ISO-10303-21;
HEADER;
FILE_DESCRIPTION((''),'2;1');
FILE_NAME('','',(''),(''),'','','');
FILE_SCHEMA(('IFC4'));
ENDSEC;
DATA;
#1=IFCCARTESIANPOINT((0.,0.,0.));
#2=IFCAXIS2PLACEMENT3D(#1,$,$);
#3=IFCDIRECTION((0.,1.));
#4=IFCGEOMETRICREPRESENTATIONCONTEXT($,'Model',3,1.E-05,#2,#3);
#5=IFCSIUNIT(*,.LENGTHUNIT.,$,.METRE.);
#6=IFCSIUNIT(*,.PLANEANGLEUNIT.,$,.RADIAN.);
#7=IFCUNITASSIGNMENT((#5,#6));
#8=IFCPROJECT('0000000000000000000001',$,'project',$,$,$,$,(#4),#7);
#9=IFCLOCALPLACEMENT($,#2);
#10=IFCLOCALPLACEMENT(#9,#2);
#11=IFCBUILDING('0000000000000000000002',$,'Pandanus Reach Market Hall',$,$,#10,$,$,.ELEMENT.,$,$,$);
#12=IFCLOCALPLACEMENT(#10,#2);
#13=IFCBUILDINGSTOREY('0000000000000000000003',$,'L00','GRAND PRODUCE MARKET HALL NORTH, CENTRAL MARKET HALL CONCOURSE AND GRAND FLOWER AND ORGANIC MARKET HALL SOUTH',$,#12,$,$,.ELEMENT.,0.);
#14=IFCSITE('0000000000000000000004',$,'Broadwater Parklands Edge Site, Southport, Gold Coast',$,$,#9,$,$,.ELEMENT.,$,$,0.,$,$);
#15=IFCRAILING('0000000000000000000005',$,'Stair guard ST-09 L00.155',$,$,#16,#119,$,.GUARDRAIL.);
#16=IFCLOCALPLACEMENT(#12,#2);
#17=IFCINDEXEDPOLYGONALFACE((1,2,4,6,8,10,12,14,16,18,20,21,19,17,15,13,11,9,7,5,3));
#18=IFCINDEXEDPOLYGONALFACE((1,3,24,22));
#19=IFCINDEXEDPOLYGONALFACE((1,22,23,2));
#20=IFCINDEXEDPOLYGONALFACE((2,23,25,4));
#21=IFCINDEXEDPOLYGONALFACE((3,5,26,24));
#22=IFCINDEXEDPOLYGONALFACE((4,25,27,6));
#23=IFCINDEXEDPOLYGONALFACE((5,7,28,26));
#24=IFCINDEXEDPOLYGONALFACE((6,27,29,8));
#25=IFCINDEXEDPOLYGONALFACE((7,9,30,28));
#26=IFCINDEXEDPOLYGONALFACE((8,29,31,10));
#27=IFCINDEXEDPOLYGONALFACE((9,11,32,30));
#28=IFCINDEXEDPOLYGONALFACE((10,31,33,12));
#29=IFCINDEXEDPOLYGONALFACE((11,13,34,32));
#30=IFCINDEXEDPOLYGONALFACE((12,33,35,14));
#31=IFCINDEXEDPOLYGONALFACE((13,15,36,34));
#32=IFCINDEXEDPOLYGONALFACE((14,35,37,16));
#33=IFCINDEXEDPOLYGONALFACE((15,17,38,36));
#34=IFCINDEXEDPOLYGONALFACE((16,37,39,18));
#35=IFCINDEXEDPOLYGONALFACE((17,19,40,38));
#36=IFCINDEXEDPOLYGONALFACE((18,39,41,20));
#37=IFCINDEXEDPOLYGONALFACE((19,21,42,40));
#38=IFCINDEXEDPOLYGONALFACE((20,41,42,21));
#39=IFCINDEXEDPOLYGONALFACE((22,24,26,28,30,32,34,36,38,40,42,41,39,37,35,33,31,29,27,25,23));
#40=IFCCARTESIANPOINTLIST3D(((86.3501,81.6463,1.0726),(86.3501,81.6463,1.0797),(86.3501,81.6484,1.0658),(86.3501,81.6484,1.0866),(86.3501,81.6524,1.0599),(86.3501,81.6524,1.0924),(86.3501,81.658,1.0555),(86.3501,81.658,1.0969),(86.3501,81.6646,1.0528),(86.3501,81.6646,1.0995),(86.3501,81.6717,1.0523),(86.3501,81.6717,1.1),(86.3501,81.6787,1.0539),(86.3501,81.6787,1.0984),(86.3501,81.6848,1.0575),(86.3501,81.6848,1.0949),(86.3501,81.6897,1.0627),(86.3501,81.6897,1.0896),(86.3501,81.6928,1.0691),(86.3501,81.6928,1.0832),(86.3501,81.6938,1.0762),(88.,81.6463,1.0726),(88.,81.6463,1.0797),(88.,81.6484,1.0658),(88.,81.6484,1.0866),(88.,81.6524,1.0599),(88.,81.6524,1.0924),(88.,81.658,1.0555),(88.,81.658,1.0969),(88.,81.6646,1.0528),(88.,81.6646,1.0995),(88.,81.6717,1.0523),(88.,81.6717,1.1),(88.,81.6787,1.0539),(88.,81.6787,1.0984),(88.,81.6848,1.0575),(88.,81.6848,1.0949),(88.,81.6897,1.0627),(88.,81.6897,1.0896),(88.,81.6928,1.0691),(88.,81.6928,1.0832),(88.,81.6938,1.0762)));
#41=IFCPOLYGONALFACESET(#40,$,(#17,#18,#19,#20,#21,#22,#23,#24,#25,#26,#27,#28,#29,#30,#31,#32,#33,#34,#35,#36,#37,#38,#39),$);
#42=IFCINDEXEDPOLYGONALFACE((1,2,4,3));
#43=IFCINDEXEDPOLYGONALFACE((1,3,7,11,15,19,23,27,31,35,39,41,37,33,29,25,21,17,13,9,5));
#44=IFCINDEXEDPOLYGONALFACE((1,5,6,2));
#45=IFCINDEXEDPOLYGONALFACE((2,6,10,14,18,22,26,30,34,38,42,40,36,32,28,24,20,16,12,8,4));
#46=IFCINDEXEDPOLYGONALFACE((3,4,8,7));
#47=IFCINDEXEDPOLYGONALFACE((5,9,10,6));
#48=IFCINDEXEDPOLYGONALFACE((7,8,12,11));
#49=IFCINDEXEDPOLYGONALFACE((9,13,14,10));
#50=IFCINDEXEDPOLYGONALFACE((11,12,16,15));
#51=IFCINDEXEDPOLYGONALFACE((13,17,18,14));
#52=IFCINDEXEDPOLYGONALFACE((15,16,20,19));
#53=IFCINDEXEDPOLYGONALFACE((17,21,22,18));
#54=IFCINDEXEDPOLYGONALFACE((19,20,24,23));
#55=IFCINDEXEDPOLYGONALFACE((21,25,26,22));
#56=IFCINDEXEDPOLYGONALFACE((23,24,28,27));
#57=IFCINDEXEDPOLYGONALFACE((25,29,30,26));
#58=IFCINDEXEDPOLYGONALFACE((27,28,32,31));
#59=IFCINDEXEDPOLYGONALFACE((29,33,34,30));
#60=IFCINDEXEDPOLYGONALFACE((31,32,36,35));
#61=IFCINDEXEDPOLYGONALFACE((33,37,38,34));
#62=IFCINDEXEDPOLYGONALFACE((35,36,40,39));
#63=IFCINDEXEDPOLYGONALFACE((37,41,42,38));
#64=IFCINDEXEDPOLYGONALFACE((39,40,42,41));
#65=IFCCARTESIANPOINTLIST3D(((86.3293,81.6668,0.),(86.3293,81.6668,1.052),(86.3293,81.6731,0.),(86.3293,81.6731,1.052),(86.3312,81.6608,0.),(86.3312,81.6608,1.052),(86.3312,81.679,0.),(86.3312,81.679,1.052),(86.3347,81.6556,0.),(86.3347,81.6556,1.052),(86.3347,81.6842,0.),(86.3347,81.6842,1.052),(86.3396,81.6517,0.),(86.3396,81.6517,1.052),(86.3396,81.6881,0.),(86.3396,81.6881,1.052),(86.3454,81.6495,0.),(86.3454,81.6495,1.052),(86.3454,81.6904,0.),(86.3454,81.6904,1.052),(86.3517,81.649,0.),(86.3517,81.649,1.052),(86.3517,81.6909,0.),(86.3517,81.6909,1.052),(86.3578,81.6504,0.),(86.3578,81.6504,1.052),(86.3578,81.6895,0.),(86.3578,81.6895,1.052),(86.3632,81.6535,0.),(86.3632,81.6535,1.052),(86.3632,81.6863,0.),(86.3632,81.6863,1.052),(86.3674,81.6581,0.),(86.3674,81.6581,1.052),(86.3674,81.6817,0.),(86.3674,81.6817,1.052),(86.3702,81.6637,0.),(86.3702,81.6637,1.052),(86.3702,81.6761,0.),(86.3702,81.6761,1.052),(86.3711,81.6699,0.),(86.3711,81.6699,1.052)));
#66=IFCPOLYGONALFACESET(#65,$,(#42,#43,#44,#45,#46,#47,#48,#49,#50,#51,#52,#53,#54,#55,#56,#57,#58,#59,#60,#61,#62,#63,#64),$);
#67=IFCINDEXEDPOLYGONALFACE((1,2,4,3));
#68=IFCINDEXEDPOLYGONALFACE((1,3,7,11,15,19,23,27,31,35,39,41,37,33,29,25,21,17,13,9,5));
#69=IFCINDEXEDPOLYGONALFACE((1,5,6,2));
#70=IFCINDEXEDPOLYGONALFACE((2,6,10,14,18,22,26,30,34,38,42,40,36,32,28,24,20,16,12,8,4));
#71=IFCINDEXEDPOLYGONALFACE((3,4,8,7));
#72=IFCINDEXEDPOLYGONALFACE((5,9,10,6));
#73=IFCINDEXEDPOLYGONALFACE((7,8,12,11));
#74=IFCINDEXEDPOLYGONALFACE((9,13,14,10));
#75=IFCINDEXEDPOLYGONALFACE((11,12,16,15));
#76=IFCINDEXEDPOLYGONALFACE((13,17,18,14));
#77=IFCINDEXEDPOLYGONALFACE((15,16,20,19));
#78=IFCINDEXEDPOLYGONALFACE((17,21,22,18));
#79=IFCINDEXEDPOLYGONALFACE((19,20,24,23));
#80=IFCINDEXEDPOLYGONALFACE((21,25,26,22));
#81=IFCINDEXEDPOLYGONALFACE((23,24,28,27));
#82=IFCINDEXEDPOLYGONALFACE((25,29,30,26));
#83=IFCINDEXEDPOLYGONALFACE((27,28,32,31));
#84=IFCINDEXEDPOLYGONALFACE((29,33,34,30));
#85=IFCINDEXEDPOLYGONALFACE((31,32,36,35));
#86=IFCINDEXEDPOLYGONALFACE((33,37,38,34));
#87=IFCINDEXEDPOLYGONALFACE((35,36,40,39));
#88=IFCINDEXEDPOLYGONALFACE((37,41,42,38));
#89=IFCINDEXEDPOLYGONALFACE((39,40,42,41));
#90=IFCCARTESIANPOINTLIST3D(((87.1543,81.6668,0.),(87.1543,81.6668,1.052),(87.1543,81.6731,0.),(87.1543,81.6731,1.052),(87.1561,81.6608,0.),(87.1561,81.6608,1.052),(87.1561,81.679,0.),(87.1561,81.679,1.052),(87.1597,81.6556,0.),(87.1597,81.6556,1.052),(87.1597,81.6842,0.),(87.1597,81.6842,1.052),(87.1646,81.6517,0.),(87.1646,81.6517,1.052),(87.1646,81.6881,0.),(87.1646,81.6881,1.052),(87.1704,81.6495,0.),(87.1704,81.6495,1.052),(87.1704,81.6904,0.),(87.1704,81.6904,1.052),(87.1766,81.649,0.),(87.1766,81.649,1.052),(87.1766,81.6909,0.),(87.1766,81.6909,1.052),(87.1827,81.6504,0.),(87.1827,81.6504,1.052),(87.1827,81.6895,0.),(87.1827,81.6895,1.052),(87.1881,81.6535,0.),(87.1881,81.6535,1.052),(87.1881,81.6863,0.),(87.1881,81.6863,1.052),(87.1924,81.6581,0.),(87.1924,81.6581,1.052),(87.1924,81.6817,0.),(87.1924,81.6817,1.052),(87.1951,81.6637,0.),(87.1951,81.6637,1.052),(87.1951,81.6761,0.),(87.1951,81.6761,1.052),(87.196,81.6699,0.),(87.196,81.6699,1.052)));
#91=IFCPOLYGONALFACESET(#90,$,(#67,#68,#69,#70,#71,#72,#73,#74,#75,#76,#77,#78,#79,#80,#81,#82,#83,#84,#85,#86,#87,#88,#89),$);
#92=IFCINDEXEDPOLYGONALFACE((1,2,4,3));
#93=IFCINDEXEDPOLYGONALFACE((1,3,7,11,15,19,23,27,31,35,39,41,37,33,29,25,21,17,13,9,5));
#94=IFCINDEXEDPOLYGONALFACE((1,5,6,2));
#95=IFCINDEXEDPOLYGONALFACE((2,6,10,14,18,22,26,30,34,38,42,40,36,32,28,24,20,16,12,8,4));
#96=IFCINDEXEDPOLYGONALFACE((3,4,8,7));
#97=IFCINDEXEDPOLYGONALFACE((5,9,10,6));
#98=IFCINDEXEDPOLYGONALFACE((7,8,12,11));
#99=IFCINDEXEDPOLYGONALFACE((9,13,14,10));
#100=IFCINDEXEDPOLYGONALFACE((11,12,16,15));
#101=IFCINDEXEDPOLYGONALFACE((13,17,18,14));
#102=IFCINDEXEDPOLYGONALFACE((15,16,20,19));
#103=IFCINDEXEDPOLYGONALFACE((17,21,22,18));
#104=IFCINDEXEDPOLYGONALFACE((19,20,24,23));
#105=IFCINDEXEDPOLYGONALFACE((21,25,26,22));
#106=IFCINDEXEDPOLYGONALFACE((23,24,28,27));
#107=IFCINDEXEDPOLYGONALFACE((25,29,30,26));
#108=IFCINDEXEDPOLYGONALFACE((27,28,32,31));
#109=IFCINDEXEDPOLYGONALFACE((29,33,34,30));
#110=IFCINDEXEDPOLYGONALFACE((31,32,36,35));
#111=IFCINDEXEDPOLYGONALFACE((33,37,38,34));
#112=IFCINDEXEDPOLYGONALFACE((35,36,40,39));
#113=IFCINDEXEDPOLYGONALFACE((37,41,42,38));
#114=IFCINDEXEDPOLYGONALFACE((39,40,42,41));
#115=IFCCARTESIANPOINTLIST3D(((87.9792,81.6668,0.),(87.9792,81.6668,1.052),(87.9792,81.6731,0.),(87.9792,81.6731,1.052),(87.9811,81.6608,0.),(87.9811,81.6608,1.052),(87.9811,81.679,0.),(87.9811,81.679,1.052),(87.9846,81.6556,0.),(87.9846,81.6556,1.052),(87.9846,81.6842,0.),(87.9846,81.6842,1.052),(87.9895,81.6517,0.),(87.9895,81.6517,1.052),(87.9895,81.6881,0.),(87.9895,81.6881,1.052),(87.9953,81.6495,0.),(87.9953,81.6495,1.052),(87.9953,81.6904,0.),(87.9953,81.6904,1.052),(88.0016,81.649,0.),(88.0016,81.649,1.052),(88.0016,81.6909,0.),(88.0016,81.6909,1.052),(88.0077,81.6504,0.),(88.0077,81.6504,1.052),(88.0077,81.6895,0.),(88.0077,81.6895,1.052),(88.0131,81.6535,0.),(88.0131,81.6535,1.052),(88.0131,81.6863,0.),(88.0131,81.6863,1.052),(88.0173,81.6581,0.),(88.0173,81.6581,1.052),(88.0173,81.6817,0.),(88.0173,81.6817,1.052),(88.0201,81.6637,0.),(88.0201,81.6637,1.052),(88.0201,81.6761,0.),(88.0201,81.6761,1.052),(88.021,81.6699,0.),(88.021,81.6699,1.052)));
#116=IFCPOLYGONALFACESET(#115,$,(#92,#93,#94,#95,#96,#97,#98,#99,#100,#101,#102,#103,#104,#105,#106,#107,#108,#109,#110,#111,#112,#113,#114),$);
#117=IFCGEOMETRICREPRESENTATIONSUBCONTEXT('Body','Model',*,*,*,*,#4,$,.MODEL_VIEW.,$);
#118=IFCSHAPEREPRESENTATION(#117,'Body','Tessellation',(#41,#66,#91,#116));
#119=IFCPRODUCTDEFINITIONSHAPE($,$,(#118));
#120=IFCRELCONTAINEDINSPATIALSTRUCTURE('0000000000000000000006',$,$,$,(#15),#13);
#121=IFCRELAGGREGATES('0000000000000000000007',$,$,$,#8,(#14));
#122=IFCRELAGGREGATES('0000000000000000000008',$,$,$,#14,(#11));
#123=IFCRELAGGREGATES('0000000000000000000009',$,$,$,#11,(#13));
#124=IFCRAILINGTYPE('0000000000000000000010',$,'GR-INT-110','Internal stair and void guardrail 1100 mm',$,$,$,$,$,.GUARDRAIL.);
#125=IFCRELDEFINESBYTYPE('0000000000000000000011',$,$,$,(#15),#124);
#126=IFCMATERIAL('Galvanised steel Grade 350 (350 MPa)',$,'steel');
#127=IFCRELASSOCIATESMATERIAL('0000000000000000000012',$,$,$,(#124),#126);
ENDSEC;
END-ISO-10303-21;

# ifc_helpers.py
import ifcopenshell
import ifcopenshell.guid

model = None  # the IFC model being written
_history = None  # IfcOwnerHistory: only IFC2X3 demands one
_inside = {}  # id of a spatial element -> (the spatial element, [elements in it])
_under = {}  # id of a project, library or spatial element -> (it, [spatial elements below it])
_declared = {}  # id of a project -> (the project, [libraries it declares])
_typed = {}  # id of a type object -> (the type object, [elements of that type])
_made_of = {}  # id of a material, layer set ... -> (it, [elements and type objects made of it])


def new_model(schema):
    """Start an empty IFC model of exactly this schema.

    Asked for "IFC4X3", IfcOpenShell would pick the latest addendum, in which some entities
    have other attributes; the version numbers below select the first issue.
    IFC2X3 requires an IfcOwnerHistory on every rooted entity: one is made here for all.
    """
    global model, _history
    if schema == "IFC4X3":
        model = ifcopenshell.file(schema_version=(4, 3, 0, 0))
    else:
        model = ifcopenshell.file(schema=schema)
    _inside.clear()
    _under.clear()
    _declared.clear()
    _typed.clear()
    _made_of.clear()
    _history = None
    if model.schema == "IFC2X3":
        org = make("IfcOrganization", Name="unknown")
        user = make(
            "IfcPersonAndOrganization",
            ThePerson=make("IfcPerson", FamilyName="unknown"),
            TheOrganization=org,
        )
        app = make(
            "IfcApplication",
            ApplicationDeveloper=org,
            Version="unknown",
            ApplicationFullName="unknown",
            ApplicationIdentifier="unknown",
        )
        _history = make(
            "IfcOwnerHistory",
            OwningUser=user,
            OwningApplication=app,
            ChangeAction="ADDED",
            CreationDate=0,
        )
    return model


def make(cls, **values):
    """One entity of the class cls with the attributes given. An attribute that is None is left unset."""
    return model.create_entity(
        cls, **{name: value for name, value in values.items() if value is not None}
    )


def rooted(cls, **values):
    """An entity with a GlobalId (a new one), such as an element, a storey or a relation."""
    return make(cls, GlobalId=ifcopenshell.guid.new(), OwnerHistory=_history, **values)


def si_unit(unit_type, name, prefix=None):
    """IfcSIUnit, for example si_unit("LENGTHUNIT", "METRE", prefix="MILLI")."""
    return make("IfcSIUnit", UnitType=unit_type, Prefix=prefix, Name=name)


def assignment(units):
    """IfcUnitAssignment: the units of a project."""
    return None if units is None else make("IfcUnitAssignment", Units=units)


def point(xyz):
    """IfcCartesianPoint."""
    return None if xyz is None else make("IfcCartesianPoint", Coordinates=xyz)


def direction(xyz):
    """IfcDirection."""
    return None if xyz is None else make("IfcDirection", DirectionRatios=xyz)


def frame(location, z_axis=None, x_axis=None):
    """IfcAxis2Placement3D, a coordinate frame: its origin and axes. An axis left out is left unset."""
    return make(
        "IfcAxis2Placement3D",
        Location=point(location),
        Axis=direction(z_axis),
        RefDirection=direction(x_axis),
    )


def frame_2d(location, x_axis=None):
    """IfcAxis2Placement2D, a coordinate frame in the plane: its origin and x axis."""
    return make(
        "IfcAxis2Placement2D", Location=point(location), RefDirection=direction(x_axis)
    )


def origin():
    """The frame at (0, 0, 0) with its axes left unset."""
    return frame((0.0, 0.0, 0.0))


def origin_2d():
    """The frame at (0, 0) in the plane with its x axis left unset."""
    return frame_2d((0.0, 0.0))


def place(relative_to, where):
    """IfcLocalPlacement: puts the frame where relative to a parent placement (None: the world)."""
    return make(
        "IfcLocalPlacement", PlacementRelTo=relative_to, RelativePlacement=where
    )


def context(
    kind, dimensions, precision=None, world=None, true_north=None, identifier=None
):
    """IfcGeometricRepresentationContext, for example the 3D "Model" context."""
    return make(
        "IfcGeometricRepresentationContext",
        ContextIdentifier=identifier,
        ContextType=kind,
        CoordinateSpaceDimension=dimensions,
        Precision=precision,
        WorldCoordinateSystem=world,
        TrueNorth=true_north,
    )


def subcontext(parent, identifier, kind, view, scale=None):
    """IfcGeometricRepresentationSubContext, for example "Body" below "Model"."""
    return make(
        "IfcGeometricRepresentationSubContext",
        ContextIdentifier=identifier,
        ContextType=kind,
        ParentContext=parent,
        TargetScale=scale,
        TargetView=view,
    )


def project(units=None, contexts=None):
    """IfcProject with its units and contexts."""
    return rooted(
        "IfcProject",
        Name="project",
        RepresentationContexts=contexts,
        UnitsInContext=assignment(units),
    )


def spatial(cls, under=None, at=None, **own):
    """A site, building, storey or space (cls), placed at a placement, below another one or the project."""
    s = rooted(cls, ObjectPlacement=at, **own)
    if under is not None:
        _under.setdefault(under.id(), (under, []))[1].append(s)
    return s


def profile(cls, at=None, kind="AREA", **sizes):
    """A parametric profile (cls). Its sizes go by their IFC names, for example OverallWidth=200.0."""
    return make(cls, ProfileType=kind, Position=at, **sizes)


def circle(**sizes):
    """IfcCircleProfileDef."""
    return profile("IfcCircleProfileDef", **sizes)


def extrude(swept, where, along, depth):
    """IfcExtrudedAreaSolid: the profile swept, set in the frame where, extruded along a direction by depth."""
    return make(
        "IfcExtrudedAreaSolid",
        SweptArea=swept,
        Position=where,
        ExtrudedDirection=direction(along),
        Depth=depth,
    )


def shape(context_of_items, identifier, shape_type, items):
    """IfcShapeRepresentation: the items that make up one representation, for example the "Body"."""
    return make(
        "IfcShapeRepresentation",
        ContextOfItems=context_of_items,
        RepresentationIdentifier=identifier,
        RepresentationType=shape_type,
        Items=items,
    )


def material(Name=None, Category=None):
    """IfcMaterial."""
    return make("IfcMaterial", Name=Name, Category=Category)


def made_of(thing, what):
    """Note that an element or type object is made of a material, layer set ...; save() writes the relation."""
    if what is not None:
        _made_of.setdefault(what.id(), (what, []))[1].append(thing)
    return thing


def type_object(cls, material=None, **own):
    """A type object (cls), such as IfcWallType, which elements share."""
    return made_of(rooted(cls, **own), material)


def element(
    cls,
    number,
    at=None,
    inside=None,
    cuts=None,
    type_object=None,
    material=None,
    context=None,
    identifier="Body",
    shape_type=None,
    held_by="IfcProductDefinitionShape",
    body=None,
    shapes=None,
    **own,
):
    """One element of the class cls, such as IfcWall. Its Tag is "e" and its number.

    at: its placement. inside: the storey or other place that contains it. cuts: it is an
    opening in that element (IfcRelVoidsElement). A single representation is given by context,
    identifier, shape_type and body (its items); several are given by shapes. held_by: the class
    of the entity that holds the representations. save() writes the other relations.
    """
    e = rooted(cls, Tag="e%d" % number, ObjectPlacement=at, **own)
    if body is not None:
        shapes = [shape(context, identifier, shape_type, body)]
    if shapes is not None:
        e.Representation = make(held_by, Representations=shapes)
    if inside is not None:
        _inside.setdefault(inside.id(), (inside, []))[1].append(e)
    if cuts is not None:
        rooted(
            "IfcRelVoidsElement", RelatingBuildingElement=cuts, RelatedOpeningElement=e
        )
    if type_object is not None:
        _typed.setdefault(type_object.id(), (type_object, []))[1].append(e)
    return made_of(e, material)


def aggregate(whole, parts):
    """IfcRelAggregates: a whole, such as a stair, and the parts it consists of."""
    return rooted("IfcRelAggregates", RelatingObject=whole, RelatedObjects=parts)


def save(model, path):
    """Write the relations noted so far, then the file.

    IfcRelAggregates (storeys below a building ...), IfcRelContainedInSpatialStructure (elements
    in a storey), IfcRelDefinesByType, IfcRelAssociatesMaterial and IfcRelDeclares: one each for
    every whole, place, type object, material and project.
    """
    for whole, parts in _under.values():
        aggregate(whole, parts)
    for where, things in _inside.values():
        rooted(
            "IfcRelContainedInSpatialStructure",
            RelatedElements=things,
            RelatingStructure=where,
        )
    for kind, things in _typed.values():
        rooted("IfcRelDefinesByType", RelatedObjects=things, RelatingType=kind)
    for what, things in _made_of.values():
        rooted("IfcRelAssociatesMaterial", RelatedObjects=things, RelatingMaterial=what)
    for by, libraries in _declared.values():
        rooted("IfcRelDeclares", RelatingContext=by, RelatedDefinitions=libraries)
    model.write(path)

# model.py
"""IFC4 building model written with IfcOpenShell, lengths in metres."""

from ifc_helpers import new_model, si_unit, direction, frame, origin, origin_2d, place, context, subcontext, project, spatial, circle, extrude, material, type_object, element, save


model = new_model("IFC4")

# Units and contexts
model_context = context("Model", 3, precision=1e-05, world=origin(), true_north=direction((0.0, 1.0)))
body_context = subcontext(model_context, "Body", "Model", "MODEL_VIEW")
ifc_project = project(units=[si_unit("LENGTHUNIT", "METRE"), si_unit("PLANEANGLEUNIT", "RADIAN")], contexts=[model_context])

# Site, building, storey
site_placement = place(None, origin())
site = spatial("IfcSite", under=ifc_project, at=site_placement, Name="Broadwater Parklands Edge Site, Southport, Gold Coast", CompositionType="ELEMENT", RefElevation=0.0)
building_placement = place(site_placement, origin())
building = spatial("IfcBuilding", under=site, at=building_placement, Name="Pandanus Reach Market Hall", CompositionType="ELEMENT")
storey_placement = place(building_placement, origin())
storey = spatial("IfcBuildingStorey", under=building, at=storey_placement, Name="L00", Description="GRAND PRODUCE MARKET HALL NORTH, CENTRAL MARKET HALL CONCOURSE AND GRAND FLOWER AND ORGANIC MARKET HALL SOUTH", CompositionType="ELEMENT", Elevation=0.0)

# Railing
ifc_material_1 = material(Name="Galvanised steel Grade 350 (350 MPa)", Category="steel")
railing_type = type_object("IfcRailingType", Name="GR-INT-110", Description="Internal stair and void guardrail 1100 mm", PredefinedType="GUARDRAIL", material=ifc_material_1)
for number, where, name in (
    (1, (86.3501, 81.6699, 0.0), "Stair guard ST-09 L00.155"),
):
    element("IfcRailing", number, at=place(storey_placement, frame(where)), inside=storey, type_object=railing_type, Name=name, PredefinedType="GUARDRAIL", context=body_context, shape_type="SweptSolid", body=[
        extrude(circle(Radius=0.0239, at=origin_2d()), frame((0.0, 0.0, 1.0762), z_axis=(1.0, 0.0, 0.0), x_axis=(0.0, 1.0, 0.0)), (0.0, 0.0, 1.0), 1.6499),
        extrude(circle(Radius=0.021, at=origin_2d()), origin(), (0.0, 0.0, 1.0), 1.052),
        extrude(circle(Radius=0.021, at=origin_2d()), frame((0.825, 0.0, 0.0)), (0.0, 0.0, 1.0), 1.052),
        extrude(circle(Radius=0.021, at=origin_2d()), frame((1.6499, 0.0, 0.0)), (0.0, 0.0, 1.0), 1.052),
    ])

save(model, "model.ifc")
